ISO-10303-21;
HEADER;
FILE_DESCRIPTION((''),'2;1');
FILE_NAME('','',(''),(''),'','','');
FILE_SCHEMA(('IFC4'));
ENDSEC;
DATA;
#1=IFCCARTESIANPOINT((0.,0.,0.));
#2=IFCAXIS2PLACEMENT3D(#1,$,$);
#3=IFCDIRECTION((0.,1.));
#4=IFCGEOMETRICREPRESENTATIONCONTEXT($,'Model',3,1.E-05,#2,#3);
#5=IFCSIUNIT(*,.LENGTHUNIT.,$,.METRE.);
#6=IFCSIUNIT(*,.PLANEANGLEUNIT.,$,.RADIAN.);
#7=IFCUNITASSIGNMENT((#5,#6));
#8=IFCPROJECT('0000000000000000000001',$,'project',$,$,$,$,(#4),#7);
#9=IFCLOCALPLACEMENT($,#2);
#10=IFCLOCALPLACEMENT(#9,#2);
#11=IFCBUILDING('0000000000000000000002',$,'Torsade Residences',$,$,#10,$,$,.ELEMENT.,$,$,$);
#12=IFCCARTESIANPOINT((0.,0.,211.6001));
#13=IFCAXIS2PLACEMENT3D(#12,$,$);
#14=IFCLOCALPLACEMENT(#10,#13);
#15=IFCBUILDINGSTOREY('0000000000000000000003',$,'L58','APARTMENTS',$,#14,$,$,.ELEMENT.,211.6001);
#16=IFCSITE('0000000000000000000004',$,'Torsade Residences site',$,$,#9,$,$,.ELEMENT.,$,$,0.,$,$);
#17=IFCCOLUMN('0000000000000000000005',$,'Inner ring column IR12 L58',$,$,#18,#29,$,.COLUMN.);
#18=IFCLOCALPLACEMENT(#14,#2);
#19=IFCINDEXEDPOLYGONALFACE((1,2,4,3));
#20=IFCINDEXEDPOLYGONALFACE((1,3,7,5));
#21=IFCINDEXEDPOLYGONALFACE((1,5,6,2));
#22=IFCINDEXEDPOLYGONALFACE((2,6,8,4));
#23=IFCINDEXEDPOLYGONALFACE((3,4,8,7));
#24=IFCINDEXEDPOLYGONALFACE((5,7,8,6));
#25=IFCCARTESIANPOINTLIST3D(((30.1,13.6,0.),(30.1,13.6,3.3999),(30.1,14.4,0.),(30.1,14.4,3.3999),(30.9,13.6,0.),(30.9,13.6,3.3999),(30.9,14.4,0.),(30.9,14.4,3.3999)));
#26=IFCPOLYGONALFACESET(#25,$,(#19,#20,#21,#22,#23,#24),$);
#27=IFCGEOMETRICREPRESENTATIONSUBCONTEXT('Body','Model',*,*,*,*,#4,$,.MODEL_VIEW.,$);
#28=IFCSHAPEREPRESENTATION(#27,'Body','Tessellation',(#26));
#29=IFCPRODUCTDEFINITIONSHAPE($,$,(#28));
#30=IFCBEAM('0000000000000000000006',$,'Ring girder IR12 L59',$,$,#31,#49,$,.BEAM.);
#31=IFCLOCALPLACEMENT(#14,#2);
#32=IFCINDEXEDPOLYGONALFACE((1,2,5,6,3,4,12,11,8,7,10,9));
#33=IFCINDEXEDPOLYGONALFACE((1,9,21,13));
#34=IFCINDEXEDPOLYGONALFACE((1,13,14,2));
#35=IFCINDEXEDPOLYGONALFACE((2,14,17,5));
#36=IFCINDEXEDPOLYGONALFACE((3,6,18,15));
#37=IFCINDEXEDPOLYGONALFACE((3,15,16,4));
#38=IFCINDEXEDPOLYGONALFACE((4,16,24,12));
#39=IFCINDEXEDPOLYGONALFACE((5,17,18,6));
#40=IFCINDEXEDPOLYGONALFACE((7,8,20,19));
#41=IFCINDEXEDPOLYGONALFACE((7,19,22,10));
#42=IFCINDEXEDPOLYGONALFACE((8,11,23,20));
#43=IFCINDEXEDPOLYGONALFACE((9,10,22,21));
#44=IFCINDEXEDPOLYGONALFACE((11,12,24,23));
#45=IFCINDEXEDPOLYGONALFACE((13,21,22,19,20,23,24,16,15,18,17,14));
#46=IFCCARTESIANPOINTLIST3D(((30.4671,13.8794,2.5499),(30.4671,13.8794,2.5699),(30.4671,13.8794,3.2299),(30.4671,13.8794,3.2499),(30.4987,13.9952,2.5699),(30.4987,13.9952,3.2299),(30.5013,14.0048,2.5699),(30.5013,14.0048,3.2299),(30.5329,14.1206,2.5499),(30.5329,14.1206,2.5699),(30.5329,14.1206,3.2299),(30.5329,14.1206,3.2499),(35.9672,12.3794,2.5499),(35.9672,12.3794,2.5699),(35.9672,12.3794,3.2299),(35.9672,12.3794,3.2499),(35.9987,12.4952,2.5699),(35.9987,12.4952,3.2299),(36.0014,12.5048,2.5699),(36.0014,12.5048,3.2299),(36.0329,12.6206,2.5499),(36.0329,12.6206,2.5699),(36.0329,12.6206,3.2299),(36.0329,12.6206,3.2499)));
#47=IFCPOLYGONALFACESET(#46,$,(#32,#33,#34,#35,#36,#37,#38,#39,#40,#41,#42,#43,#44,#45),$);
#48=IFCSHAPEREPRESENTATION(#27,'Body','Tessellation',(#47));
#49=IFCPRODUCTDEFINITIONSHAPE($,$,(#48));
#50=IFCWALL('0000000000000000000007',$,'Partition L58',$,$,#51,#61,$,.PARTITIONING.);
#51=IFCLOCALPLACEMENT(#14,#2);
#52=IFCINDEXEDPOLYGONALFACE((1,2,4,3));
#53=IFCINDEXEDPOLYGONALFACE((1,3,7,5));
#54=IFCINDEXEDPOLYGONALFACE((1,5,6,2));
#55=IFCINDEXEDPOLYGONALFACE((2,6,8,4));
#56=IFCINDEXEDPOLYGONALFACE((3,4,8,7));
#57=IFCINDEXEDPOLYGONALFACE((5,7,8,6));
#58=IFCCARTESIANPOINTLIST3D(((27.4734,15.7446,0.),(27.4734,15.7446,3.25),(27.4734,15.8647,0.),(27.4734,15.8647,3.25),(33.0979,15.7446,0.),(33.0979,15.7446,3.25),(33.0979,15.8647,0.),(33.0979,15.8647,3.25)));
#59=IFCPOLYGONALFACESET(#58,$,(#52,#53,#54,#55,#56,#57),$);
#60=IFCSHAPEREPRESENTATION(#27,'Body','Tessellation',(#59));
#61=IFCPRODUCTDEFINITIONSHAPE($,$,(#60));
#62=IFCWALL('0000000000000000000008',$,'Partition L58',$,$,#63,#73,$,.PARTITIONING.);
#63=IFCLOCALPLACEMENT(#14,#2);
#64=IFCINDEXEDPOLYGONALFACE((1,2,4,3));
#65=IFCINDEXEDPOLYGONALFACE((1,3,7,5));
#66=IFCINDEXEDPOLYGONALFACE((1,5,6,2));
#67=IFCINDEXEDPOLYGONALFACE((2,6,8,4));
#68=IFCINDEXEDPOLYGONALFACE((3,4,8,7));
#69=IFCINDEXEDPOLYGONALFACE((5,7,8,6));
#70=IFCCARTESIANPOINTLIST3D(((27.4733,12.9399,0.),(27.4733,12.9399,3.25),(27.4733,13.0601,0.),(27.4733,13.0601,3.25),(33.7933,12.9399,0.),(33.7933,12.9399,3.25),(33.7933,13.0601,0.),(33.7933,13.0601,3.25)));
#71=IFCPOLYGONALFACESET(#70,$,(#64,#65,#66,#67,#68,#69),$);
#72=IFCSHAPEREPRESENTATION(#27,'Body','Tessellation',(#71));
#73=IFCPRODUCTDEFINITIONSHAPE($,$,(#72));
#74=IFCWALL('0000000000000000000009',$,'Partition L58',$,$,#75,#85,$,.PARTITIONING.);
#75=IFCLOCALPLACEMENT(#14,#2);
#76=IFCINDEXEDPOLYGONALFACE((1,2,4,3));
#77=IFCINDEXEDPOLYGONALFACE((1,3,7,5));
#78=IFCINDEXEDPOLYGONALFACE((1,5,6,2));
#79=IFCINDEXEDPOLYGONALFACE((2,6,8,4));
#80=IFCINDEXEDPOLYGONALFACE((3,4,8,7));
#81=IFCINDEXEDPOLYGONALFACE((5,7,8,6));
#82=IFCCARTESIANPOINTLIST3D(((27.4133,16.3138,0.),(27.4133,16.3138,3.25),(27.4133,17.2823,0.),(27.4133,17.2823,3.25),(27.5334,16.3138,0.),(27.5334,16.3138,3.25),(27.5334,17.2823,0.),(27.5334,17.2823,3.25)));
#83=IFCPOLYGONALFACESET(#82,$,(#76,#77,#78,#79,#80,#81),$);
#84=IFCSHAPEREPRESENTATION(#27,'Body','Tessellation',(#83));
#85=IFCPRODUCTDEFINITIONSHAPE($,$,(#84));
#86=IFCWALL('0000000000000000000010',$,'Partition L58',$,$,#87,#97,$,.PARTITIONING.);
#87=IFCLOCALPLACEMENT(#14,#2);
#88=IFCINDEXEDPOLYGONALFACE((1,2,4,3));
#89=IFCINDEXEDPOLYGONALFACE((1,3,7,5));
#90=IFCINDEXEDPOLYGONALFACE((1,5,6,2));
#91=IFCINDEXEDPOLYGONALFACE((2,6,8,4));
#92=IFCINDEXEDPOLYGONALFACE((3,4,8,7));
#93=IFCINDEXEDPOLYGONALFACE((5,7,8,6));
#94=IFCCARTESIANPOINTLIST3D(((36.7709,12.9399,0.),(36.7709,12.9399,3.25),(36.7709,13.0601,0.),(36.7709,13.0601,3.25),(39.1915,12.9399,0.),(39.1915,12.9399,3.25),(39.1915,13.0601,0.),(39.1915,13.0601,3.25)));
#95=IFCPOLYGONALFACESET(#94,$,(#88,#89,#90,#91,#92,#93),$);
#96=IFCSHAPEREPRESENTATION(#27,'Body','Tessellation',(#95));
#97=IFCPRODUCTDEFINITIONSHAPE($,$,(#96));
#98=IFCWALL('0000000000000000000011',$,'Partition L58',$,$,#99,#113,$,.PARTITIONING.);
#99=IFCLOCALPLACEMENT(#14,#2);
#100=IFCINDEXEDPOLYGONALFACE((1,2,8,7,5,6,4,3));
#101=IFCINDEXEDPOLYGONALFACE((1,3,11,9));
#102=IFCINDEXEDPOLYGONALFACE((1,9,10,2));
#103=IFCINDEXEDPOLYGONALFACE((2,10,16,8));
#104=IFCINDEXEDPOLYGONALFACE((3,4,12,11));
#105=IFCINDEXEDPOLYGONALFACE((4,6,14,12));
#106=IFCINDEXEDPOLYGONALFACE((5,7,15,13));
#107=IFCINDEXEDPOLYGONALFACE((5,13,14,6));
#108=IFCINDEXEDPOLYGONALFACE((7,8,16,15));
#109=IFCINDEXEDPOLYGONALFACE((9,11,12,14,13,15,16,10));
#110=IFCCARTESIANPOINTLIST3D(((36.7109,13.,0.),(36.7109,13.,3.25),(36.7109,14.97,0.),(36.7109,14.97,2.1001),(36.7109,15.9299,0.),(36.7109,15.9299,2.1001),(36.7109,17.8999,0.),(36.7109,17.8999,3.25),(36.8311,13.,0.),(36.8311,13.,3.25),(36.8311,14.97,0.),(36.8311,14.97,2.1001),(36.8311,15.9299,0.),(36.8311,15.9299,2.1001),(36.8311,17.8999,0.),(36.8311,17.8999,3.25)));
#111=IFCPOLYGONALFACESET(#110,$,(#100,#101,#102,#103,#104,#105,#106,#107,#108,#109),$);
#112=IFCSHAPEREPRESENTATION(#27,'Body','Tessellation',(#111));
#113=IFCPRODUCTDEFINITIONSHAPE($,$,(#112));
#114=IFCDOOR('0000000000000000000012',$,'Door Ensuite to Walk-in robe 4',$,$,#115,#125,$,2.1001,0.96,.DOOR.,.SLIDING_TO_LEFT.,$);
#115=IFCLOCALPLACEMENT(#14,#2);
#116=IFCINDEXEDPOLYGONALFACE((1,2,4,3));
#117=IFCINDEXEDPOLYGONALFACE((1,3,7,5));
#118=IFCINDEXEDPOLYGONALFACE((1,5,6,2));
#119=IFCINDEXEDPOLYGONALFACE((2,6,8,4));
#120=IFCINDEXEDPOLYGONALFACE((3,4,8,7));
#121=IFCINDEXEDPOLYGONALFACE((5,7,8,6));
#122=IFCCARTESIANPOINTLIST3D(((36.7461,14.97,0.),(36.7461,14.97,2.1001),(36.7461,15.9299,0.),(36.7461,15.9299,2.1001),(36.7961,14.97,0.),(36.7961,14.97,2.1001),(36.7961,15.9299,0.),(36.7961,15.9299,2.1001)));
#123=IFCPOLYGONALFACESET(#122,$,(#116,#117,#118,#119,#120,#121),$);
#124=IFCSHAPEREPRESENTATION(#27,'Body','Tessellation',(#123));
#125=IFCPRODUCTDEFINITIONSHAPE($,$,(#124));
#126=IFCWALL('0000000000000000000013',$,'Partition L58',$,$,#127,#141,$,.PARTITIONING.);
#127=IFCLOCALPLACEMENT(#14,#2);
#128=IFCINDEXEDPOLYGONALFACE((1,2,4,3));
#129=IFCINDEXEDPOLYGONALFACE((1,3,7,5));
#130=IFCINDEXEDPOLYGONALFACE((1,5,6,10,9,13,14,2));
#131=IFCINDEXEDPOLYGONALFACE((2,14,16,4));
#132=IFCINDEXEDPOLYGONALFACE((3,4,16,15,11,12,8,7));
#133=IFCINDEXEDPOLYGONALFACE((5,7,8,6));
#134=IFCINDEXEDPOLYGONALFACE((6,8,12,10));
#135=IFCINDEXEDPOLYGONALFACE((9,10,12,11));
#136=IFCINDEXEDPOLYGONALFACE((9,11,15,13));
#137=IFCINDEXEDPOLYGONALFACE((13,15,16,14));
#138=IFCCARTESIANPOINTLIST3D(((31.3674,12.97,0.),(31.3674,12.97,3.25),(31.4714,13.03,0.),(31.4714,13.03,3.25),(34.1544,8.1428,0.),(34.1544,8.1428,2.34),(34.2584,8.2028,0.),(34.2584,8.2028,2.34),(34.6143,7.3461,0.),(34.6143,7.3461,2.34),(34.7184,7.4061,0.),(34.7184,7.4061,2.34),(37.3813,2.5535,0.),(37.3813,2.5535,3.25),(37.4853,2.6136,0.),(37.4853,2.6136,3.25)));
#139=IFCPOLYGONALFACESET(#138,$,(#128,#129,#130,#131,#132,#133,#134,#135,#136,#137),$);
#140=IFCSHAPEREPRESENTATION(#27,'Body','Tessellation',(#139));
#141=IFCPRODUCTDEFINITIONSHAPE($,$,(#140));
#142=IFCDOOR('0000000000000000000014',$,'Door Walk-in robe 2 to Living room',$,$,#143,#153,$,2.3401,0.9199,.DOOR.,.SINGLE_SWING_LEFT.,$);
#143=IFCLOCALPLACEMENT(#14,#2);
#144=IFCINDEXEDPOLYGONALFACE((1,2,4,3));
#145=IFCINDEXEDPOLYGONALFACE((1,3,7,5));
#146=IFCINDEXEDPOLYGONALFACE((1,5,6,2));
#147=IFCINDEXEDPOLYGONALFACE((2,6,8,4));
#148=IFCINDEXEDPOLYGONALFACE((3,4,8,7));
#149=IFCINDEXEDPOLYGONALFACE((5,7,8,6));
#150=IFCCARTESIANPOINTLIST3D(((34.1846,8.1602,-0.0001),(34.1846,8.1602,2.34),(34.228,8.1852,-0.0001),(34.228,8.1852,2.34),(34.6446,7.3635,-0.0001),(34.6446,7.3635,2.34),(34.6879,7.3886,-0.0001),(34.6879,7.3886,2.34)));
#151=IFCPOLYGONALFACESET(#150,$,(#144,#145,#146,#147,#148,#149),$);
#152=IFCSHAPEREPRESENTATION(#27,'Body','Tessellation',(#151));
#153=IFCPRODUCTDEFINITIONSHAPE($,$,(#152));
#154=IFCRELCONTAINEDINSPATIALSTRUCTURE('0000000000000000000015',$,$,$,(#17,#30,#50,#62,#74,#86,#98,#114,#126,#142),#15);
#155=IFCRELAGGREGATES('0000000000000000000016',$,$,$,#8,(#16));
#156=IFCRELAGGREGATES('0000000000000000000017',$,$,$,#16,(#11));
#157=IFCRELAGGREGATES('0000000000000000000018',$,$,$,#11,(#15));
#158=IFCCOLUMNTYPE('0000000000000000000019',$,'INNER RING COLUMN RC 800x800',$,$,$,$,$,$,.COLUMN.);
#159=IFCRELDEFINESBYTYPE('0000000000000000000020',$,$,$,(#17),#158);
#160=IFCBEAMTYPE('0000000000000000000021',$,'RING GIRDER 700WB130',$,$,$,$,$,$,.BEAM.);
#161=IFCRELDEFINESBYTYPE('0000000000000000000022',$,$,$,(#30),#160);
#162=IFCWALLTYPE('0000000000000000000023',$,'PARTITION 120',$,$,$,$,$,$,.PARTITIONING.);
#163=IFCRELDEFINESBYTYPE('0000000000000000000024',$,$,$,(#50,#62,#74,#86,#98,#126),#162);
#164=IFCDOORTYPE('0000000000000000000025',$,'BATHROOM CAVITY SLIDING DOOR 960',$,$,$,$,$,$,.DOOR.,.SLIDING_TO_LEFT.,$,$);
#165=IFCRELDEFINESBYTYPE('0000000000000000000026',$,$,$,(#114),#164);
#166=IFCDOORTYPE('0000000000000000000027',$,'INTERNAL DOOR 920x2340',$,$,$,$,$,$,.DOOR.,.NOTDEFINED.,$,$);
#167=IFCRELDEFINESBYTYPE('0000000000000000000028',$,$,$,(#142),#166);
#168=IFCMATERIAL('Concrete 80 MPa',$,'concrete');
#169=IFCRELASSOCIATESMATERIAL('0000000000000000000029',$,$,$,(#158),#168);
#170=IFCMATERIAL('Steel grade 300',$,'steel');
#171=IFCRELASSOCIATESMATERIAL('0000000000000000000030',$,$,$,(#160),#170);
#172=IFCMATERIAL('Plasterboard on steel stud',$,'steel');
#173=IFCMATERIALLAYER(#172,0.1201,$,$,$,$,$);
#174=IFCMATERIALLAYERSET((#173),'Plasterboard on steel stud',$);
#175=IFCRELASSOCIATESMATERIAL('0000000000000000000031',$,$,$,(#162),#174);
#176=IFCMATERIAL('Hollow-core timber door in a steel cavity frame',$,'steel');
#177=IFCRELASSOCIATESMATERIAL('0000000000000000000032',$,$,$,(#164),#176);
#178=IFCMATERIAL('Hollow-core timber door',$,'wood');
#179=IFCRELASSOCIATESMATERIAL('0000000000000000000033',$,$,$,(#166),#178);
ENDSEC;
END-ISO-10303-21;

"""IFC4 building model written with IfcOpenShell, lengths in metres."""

from ifc_helpers import new_model, si_unit, direction, frame, frame_2d, origin, origin_2d, place, context, subcontext, project, spatial, rectangle, i_section, extrude, material, layer, layer_set, material_profile, profile_set, type_object, element, fill, save


model = new_model("IFC4")

# Units and contexts
model_context = context("Model", 3, precision=1e-05, world=origin(), true_north=direction((0.0, 1.0)))
body_context = subcontext(model_context, "Body", "Model", "MODEL_VIEW")
ifc_project = project(units=[si_unit("LENGTHUNIT", "METRE"), si_unit("PLANEANGLEUNIT", "RADIAN")], contexts=[model_context])

# Site, building, storey
site_placement = place(None, origin())
site = spatial("IfcSite", under=ifc_project, at=site_placement, Name="Torsade Residences site", CompositionType="ELEMENT", RefElevation=0.0)
building_placement = place(site_placement, origin())
building = spatial("IfcBuilding", under=site, at=building_placement, Name="Torsade Residences", CompositionType="ELEMENT")
storey_placement = place(building_placement, frame((0.0, 0.0, 211.6001)))
storey = spatial("IfcBuildingStorey", under=building, at=storey_placement, Name="L58", Description="APARTMENTS", CompositionType="ELEMENT", Elevation=211.6001)

# Column
ifc_material_1 = material(Name="Concrete 80 MPa", Category="concrete")
ifc_material_profile_1 = material_profile(ifc_material_1, rectangle(XDim=0.8, YDim=0.8, at=origin_2d()), Name="RC 800x800")
ifc_profile_set_1 = profile_set([ifc_material_profile_1], Name="Concrete 80 MPa")
column_type = type_object("IfcColumnType", Name="INNER RING COLUMN RC 800x800", PredefinedType="COLUMN", material=ifc_profile_set_1)
column_placement = place(storey_placement, frame((30.5, 14.0, 0.0), z_axis=(0.0, 0.0, 1.0), x_axis=(1.0, 0.0, 0.0)))
element("IfcColumn", 1, at=column_placement, inside=storey, type_object=column_type, Name="Inner ring column IR12 L58", PredefinedType="COLUMN", context=body_context, shape_type="SweptSolid", body=[
    extrude(rectangle(XDim=0.8, YDim=0.8, at=origin_2d()), origin(), (0.0, 0.0, 1.0), 3.3999),
])

# Beam
ifc_material_2 = material(Name="Steel grade 300", Category="steel")
ifc_material_profile_2 = material_profile(ifc_material_2, i_section(OverallWidth=0.25, OverallDepth=0.7, WebThickness=0.01, FlangeThickness=0.02, at=origin_2d()), Name="700WB130")
ifc_profile_set_2 = profile_set([ifc_material_profile_2], Name="Steel grade 300")
beam_type = type_object("IfcBeamType", Name="RING GIRDER 700WB130", PredefinedType="BEAM", material=ifc_profile_set_2)
beam_placement = place(storey_placement, frame((30.5, 14.0, 2.8999), z_axis=(0.964764, -0.263117, 0.0), x_axis=(0.263117, 0.964764, 0.0)))
element("IfcBeam", 2, at=beam_placement, inside=storey, type_object=beam_type, Name="Ring girder IR12 L59", PredefinedType="BEAM", context=body_context, shape_type="SweptSolid", body=[
    extrude(i_section(OverallWidth=0.25, OverallDepth=0.7, WebThickness=0.01, FlangeThickness=0.02, at=origin_2d()), origin(), (0.0, 0.0, 1.0), 5.7009),
])

# Walls
ifc_material_3 = material(Name="Plasterboard on steel stud", Category="steel")
ifc_layer_1 = layer(ifc_material_3, 0.1201)
ifc_layer_set_1 = layer_set([ifc_layer_1], Name="Plasterboard on steel stud")
wall_type_1 = type_object("IfcWallType", Name="PARTITION 120", PredefinedType="PARTITIONING", material=ifc_layer_set_1)
wall_1_placement = place(storey_placement, frame((27.4734, 15.8047, 0.0), z_axis=(0.0, 0.0, 1.0), x_axis=(1.0, 0.0, 0.0)))
element("IfcWall", 3, at=wall_1_placement, inside=storey, type_object=wall_type_1, Name="Partition L58", PredefinedType="PARTITIONING", context=body_context, shape_type="SweptSolid", body=[
    extrude(rectangle(XDim=5.6245, YDim=0.1201, at=frame_2d((2.8123, 0.0))), origin(), (0.0, 0.0, 1.0), 3.25),
])
wall_2_placement = place(storey_placement, frame((33.7935, 13.0, 0.0), z_axis=(0.0, 0.0, 1.0), x_axis=(-1.0, 0.0, 0.0)))
element("IfcWall", 4, at=wall_2_placement, inside=storey, type_object=wall_type_1, Name="Partition L58", PredefinedType="PARTITIONING", context=body_context, shape_type="SweptSolid", body=[
    extrude(rectangle(XDim=6.3201, YDim=0.1201, at=frame_2d((3.1602, 0.0))), origin(), (0.0, 0.0, 1.0), 3.25),
])
wall_3_placement = place(storey_placement, frame((27.4734, 16.3137, 0.0), z_axis=(0.0, 0.0, 1.0), x_axis=(0.0, 1.0, 0.0)))
element("IfcWall", 5, at=wall_3_placement, inside=storey, type_object=wall_type_1, Name="Partition L58", PredefinedType="PARTITIONING", context=body_context, shape_type="SweptSolid", body=[
    extrude(rectangle(XDim=0.9685, YDim=0.1201, at=frame_2d((0.4844, 0.0))), origin(), (0.0, 0.0, 1.0), 3.25),
])
wall_4_placement = place(storey_placement, frame((39.1917, 13.0, 0.0), z_axis=(0.0, 0.0, 1.0), x_axis=(-1.0, 0.0, 0.0)))
element("IfcWall", 6, at=wall_4_placement, inside=storey, type_object=wall_type_1, Name="Partition L58", PredefinedType="PARTITIONING", context=body_context, shape_type="SweptSolid", body=[
    extrude(rectangle(XDim=2.4207, YDim=0.1201, at=frame_2d((1.2104, 0.0))), origin(), (0.0, 0.0, 1.0), 3.25),
])

# Walls, openings, doors
wall_5_placement = place(storey_placement, frame((36.771, 13.0, 0.0), z_axis=(0.0, 0.0, 1.0), x_axis=(0.0, 1.0, 0.0)))
wall_5 = element("IfcWall", 7, at=wall_5_placement, inside=storey, type_object=wall_type_1, Name="Partition L58", PredefinedType="PARTITIONING", context=body_context, shape_type="SweptSolid", body=[
    extrude(rectangle(XDim=4.8999, YDim=0.1201, at=frame_2d((2.45, 0.0))), origin(), (0.0, 0.0, 1.0), 3.25),
])
opening_1_placement = place(wall_5_placement, frame((1.97, 0.0, 0.0)))
opening_1 = element("IfcOpeningElement", 8, at=opening_1_placement, cuts=wall_5, PredefinedType="OPENING", context=body_context, shape_type="SweptSolid", body=[
    extrude(rectangle(XDim=0.96, YDim=2.1001, at=frame_2d((0.48, 1.05))), frame((0.0, 0.0701, 0.0), z_axis=(0.0, -1.0, 0.0), x_axis=(1.0, 0.0, 0.0)), (0.0, 0.0, 1.0), 0.1401),
])
ifc_material_4 = material(Name="Hollow-core timber door in a steel cavity frame", Category="steel")
door_type_1 = type_object("IfcDoorType", Name="BATHROOM CAVITY SLIDING DOOR 960", OperationType="SLIDING_TO_LEFT", PredefinedType="DOOR", material=ifc_material_4)
door_1_placement = place(opening_1_placement, origin())
door_1 = element("IfcDoor", 9, at=door_1_placement, inside=storey, type_object=door_type_1, Name="Door Ensuite to Walk-in robe 4", OperationType="SLIDING_TO_LEFT", OverallHeight=2.1001, OverallWidth=0.96, PredefinedType="DOOR", context=body_context, shape_type="SweptSolid", body=[
    extrude(rectangle(XDim=0.96, YDim=2.1001, at=frame_2d((0.48, 1.05))), frame((0.0, 0.0249, 0.0), z_axis=(0.0, -1.0, 0.0), x_axis=(1.0, 0.0, 0.0)), (0.0, 0.0, 1.0), 0.05),
])
fill(opening_1, door_1)
wall_6_placement = place(storey_placement, frame((31.4194, 13.0, 0.0), z_axis=(0.0, 0.0, 1.0), x_axis=(0.499997, -0.866027, 0.0)))
wall_6 = element("IfcWall", 10, at=wall_6_placement, inside=storey, type_object=wall_type_1, Name="Partition L58", PredefinedType="PARTITIONING", context=body_context, shape_type="SweptSolid", body=[
    extrude(rectangle(XDim=12.0278, YDim=0.1201, at=frame_2d((6.0139, 0.0))), origin(), (0.0, 0.0, 1.0), 3.25),
])
opening_2_placement = place(wall_6_placement, frame((5.574, 0.0, 0.0)))
opening_2 = element("IfcOpeningElement", 11, at=opening_2_placement, cuts=wall_6, PredefinedType="OPENING", context=body_context, shape_type="SweptSolid", body=[
    extrude(rectangle(XDim=0.9199, YDim=2.3401, at=frame_2d((0.46, 1.1699))), frame((0.0, 0.0701, 0.0), z_axis=(0.0, -1.0, 0.0), x_axis=(1.0, 0.0, 0.0)), (0.0, 0.0, 1.0), 0.1401),
])
ifc_material_5 = material(Name="Hollow-core timber door", Category="wood")
door_type_2 = type_object("IfcDoorType", Name="INTERNAL DOOR 920x2340", OperationType="NOTDEFINED", PredefinedType="DOOR", material=ifc_material_5)
door_2_placement = place(opening_2_placement, origin())
door_2 = element("IfcDoor", 12, at=door_2_placement, inside=storey, type_object=door_type_2, Name="Door Walk-in robe 2 to Living room", OperationType="SINGLE_SWING_LEFT", OverallHeight=2.3401, OverallWidth=0.9199, PredefinedType="DOOR", context=body_context, shape_type="SweptSolid", body=[
    extrude(rectangle(XDim=0.9199, YDim=2.3401, at=frame_2d((0.46, 1.1699))), frame((0.0, 0.0249, 0.0), z_axis=(0.0, -1.0, 0.0), x_axis=(1.0, 0.0, 0.0)), (0.0, 0.0, 1.0), 0.05),
])
fill(opening_2, door_2)

save(model, "model.ifc")
